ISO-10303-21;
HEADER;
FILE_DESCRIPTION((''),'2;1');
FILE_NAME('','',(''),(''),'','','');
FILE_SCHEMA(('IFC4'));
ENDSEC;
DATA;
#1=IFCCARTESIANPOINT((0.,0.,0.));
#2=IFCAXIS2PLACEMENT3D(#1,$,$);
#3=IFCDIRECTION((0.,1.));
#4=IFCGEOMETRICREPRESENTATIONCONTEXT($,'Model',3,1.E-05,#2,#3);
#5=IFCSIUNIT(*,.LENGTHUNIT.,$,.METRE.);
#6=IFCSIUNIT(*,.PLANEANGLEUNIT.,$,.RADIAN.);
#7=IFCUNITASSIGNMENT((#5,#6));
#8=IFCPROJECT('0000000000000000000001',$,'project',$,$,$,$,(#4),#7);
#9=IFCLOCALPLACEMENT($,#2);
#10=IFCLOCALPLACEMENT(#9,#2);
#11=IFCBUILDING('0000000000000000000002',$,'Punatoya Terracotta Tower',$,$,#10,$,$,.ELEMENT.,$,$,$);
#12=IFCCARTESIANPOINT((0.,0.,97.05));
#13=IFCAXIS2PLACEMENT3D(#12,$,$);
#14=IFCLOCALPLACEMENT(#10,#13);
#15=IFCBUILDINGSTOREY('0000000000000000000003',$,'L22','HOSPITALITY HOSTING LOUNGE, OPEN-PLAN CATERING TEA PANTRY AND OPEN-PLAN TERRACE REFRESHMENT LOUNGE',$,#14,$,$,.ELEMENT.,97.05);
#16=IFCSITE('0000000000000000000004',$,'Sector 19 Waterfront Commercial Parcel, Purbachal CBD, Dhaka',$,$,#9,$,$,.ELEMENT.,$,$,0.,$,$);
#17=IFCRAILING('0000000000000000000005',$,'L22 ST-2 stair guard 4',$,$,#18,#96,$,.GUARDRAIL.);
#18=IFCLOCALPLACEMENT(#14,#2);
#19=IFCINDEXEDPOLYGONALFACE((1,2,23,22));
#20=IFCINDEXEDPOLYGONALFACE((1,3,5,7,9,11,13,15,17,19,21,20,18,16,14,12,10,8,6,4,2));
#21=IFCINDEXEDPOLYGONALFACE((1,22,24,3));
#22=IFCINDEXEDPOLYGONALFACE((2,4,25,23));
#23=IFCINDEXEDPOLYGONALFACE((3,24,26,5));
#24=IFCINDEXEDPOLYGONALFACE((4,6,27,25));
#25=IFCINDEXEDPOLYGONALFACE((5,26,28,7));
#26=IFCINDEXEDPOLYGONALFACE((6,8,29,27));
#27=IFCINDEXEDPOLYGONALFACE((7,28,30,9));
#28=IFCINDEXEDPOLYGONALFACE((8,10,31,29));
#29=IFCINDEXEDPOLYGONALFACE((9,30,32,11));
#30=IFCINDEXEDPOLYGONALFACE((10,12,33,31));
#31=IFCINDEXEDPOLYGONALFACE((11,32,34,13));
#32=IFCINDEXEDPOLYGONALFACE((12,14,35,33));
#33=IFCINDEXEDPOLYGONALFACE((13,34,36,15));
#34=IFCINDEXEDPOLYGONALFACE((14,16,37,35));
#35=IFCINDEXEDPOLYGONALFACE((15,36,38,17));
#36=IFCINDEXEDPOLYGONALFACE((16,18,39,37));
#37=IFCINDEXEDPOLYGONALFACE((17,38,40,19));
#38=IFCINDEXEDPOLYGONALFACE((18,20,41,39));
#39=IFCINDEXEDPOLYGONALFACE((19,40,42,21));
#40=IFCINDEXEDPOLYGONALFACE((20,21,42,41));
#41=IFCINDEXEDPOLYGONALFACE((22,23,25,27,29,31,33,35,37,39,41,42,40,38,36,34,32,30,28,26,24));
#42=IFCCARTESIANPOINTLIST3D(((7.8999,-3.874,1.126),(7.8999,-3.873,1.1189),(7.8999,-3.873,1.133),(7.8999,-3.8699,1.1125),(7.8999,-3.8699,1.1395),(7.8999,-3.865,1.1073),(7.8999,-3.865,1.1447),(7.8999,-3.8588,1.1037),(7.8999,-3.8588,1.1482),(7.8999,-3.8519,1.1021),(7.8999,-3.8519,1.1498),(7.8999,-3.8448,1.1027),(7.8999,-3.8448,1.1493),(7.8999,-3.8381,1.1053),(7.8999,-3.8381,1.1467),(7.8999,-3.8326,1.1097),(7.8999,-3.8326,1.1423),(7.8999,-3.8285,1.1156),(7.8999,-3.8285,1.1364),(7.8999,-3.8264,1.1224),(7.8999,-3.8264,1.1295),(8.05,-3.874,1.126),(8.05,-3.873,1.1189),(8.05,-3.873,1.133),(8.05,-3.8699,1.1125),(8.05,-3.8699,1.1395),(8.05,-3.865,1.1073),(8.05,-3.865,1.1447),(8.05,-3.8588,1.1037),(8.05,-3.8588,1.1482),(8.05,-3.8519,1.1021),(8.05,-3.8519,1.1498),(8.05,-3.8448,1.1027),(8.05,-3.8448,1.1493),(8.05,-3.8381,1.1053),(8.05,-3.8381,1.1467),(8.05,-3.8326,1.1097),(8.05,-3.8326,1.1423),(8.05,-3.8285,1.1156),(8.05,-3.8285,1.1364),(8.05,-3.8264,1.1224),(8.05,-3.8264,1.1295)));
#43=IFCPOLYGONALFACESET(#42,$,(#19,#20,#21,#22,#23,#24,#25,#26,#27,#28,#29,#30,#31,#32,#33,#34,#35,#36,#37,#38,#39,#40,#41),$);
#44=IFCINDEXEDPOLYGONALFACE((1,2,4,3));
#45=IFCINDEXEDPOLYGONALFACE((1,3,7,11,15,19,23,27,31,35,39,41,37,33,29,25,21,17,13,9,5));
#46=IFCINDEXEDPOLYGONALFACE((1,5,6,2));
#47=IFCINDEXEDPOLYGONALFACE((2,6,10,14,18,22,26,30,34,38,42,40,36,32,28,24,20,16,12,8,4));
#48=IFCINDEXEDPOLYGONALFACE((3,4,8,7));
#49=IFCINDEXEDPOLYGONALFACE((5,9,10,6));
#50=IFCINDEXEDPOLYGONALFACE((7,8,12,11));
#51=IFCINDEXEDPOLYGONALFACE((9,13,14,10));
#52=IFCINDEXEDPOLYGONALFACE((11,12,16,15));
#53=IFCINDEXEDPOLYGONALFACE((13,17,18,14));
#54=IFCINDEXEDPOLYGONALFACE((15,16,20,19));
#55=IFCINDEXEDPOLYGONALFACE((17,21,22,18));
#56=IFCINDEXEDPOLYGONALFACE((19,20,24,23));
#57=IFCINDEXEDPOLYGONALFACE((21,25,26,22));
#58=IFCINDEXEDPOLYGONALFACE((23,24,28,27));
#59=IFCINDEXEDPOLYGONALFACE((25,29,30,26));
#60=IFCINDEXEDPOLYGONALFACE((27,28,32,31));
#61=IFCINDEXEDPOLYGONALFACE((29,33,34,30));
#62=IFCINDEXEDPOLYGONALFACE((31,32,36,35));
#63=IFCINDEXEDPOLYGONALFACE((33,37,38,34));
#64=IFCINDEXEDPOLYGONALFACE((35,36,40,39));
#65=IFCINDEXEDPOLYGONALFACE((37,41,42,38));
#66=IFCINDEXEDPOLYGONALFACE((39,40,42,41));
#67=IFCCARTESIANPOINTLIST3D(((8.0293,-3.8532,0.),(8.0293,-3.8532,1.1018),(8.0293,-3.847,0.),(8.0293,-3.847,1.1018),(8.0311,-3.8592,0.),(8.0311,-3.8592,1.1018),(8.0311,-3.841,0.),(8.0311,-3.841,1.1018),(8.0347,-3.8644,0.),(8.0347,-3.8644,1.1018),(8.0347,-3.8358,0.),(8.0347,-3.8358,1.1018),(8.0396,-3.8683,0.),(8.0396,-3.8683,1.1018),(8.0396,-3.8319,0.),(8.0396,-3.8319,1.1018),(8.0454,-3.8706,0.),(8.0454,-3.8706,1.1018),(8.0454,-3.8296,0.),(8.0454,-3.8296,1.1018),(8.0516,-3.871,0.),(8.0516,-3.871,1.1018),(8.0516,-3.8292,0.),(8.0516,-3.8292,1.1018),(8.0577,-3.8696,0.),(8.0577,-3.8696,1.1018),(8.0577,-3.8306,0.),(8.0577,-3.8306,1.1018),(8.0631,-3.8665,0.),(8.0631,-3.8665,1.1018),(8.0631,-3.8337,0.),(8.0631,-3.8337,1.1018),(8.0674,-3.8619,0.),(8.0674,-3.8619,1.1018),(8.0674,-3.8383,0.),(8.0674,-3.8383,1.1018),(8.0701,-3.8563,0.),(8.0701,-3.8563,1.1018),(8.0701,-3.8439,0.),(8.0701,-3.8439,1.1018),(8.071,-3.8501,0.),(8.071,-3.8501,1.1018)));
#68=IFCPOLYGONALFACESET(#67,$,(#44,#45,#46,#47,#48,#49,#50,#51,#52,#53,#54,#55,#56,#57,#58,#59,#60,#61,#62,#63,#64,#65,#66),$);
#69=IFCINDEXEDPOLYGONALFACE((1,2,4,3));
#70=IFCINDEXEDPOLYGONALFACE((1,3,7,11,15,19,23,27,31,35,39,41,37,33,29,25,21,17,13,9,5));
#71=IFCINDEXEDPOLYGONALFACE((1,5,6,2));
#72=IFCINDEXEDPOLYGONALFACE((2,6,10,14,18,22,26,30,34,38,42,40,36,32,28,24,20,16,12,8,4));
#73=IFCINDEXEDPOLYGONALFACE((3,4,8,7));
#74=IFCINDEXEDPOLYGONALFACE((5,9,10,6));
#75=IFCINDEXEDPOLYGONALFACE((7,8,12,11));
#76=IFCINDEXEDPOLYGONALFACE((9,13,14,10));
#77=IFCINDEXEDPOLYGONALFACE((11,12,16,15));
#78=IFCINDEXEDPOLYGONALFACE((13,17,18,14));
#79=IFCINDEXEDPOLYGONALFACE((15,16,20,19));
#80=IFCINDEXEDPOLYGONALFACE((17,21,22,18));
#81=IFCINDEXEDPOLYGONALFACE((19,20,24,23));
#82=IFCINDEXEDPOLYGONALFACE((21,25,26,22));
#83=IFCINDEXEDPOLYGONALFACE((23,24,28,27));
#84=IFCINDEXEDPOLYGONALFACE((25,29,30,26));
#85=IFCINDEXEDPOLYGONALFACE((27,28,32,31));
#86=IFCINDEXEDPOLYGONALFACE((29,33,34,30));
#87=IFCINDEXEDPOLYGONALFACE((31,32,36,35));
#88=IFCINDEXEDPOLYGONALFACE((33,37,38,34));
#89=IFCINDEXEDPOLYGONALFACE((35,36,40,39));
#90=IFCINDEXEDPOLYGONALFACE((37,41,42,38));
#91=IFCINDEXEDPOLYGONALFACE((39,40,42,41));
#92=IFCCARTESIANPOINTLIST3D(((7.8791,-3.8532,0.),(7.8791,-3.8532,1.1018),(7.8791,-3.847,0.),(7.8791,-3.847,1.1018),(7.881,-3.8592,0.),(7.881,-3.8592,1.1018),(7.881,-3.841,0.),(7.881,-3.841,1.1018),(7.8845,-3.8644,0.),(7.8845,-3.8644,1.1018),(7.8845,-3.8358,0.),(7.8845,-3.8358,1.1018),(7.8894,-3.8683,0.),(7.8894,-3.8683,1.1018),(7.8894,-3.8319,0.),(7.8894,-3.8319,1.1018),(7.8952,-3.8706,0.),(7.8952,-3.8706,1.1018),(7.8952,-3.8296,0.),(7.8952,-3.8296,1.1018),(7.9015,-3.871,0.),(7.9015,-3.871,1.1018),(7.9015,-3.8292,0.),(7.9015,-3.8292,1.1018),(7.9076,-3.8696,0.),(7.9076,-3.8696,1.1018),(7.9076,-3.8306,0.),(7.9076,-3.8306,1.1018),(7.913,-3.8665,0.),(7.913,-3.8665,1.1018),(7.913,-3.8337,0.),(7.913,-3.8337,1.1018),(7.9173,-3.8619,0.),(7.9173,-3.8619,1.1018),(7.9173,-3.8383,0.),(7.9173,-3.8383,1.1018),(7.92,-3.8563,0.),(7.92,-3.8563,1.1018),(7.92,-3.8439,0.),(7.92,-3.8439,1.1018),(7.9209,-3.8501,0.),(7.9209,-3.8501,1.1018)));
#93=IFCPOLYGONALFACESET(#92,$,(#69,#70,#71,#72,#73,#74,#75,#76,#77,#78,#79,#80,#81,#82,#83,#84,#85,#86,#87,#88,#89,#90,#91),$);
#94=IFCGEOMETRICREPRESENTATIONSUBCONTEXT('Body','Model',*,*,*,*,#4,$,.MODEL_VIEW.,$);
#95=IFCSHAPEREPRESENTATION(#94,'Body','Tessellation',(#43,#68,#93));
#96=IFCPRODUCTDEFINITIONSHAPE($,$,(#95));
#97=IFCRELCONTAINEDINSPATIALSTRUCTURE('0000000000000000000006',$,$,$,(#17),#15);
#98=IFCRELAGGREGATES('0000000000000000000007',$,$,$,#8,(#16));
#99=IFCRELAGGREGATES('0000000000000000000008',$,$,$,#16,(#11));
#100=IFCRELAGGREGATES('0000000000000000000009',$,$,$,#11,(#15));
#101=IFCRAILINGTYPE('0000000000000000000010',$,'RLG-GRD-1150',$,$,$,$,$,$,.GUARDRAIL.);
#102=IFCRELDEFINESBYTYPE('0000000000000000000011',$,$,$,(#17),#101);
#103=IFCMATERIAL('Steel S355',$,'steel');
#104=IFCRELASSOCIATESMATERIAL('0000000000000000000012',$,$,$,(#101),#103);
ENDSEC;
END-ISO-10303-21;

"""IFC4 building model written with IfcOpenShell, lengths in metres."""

from ifc_helpers import new_model, si_unit, direction, frame, origin, origin_2d, place, context, subcontext, project, spatial, circle, extrude, material, type_object, element, save


model = new_model("IFC4")

# Units and contexts
model_context = context("Model", 3, precision=1e-05, world=origin(), true_north=direction((0.0, 1.0)))
body_context = subcontext(model_context, "Body", "Model", "MODEL_VIEW")
ifc_project = project(units=[si_unit("LENGTHUNIT", "METRE"), si_unit("PLANEANGLEUNIT", "RADIAN")], contexts=[model_context])

# Site, building, storey
site_placement = place(None, origin())
site = spatial("IfcSite", under=ifc_project, at=site_placement, Name="Sector 19 Waterfront Commercial Parcel, Purbachal CBD, Dhaka", CompositionType="ELEMENT", RefElevation=0.0)
building_placement = place(site_placement, origin())
building = spatial("IfcBuilding", under=site, at=building_placement, Name="Punatoya Terracotta Tower", CompositionType="ELEMENT")
storey_placement = place(building_placement, frame((0.0, 0.0, 97.05)))
storey = spatial("IfcBuildingStorey", under=building, at=storey_placement, Name="L22", Description="HOSPITALITY HOSTING LOUNGE, OPEN-PLAN CATERING TEA PANTRY AND OPEN-PLAN TERRACE REFRESHMENT LOUNGE", CompositionType="ELEMENT", Elevation=97.05)

# Shared definitions
ifc_material_1 = material(Name="Steel S355", Category="steel")

# Railing
railing_type_1 = type_object("IfcRailingType", Name="RLG-GRD-1150", PredefinedType="GUARDRAIL", material=ifc_material_1)
railing_1_placement = place(storey_placement, frame((8.05, -3.8501, 0.0)))
element("IfcRailing", 1, at=railing_1_placement, inside=storey, type_object=railing_type_1, Name="L22 ST-2 stair guard 4", PredefinedType="GUARDRAIL", context=body_context, shape_type="SweptSolid", body=[
    extrude(circle(Radius=0.0239, at=origin_2d()), frame((0.0, 0.0, 1.126), z_axis=(-1.0, 0.0, 0.0), x_axis=(0.0, -1.0, 0.0)), (0.0, 0.0, 1.0), 0.1501),
    extrude(circle(Radius=0.021, at=origin_2d()), origin(), (0.0, 0.0, 1.0), 1.1018),
    extrude(circle(Radius=0.021, at=origin_2d()), frame((-0.1501, 0.0, 0.0)), (0.0, 0.0, 1.0), 1.1018),
])

save(model, "model.ifc")
